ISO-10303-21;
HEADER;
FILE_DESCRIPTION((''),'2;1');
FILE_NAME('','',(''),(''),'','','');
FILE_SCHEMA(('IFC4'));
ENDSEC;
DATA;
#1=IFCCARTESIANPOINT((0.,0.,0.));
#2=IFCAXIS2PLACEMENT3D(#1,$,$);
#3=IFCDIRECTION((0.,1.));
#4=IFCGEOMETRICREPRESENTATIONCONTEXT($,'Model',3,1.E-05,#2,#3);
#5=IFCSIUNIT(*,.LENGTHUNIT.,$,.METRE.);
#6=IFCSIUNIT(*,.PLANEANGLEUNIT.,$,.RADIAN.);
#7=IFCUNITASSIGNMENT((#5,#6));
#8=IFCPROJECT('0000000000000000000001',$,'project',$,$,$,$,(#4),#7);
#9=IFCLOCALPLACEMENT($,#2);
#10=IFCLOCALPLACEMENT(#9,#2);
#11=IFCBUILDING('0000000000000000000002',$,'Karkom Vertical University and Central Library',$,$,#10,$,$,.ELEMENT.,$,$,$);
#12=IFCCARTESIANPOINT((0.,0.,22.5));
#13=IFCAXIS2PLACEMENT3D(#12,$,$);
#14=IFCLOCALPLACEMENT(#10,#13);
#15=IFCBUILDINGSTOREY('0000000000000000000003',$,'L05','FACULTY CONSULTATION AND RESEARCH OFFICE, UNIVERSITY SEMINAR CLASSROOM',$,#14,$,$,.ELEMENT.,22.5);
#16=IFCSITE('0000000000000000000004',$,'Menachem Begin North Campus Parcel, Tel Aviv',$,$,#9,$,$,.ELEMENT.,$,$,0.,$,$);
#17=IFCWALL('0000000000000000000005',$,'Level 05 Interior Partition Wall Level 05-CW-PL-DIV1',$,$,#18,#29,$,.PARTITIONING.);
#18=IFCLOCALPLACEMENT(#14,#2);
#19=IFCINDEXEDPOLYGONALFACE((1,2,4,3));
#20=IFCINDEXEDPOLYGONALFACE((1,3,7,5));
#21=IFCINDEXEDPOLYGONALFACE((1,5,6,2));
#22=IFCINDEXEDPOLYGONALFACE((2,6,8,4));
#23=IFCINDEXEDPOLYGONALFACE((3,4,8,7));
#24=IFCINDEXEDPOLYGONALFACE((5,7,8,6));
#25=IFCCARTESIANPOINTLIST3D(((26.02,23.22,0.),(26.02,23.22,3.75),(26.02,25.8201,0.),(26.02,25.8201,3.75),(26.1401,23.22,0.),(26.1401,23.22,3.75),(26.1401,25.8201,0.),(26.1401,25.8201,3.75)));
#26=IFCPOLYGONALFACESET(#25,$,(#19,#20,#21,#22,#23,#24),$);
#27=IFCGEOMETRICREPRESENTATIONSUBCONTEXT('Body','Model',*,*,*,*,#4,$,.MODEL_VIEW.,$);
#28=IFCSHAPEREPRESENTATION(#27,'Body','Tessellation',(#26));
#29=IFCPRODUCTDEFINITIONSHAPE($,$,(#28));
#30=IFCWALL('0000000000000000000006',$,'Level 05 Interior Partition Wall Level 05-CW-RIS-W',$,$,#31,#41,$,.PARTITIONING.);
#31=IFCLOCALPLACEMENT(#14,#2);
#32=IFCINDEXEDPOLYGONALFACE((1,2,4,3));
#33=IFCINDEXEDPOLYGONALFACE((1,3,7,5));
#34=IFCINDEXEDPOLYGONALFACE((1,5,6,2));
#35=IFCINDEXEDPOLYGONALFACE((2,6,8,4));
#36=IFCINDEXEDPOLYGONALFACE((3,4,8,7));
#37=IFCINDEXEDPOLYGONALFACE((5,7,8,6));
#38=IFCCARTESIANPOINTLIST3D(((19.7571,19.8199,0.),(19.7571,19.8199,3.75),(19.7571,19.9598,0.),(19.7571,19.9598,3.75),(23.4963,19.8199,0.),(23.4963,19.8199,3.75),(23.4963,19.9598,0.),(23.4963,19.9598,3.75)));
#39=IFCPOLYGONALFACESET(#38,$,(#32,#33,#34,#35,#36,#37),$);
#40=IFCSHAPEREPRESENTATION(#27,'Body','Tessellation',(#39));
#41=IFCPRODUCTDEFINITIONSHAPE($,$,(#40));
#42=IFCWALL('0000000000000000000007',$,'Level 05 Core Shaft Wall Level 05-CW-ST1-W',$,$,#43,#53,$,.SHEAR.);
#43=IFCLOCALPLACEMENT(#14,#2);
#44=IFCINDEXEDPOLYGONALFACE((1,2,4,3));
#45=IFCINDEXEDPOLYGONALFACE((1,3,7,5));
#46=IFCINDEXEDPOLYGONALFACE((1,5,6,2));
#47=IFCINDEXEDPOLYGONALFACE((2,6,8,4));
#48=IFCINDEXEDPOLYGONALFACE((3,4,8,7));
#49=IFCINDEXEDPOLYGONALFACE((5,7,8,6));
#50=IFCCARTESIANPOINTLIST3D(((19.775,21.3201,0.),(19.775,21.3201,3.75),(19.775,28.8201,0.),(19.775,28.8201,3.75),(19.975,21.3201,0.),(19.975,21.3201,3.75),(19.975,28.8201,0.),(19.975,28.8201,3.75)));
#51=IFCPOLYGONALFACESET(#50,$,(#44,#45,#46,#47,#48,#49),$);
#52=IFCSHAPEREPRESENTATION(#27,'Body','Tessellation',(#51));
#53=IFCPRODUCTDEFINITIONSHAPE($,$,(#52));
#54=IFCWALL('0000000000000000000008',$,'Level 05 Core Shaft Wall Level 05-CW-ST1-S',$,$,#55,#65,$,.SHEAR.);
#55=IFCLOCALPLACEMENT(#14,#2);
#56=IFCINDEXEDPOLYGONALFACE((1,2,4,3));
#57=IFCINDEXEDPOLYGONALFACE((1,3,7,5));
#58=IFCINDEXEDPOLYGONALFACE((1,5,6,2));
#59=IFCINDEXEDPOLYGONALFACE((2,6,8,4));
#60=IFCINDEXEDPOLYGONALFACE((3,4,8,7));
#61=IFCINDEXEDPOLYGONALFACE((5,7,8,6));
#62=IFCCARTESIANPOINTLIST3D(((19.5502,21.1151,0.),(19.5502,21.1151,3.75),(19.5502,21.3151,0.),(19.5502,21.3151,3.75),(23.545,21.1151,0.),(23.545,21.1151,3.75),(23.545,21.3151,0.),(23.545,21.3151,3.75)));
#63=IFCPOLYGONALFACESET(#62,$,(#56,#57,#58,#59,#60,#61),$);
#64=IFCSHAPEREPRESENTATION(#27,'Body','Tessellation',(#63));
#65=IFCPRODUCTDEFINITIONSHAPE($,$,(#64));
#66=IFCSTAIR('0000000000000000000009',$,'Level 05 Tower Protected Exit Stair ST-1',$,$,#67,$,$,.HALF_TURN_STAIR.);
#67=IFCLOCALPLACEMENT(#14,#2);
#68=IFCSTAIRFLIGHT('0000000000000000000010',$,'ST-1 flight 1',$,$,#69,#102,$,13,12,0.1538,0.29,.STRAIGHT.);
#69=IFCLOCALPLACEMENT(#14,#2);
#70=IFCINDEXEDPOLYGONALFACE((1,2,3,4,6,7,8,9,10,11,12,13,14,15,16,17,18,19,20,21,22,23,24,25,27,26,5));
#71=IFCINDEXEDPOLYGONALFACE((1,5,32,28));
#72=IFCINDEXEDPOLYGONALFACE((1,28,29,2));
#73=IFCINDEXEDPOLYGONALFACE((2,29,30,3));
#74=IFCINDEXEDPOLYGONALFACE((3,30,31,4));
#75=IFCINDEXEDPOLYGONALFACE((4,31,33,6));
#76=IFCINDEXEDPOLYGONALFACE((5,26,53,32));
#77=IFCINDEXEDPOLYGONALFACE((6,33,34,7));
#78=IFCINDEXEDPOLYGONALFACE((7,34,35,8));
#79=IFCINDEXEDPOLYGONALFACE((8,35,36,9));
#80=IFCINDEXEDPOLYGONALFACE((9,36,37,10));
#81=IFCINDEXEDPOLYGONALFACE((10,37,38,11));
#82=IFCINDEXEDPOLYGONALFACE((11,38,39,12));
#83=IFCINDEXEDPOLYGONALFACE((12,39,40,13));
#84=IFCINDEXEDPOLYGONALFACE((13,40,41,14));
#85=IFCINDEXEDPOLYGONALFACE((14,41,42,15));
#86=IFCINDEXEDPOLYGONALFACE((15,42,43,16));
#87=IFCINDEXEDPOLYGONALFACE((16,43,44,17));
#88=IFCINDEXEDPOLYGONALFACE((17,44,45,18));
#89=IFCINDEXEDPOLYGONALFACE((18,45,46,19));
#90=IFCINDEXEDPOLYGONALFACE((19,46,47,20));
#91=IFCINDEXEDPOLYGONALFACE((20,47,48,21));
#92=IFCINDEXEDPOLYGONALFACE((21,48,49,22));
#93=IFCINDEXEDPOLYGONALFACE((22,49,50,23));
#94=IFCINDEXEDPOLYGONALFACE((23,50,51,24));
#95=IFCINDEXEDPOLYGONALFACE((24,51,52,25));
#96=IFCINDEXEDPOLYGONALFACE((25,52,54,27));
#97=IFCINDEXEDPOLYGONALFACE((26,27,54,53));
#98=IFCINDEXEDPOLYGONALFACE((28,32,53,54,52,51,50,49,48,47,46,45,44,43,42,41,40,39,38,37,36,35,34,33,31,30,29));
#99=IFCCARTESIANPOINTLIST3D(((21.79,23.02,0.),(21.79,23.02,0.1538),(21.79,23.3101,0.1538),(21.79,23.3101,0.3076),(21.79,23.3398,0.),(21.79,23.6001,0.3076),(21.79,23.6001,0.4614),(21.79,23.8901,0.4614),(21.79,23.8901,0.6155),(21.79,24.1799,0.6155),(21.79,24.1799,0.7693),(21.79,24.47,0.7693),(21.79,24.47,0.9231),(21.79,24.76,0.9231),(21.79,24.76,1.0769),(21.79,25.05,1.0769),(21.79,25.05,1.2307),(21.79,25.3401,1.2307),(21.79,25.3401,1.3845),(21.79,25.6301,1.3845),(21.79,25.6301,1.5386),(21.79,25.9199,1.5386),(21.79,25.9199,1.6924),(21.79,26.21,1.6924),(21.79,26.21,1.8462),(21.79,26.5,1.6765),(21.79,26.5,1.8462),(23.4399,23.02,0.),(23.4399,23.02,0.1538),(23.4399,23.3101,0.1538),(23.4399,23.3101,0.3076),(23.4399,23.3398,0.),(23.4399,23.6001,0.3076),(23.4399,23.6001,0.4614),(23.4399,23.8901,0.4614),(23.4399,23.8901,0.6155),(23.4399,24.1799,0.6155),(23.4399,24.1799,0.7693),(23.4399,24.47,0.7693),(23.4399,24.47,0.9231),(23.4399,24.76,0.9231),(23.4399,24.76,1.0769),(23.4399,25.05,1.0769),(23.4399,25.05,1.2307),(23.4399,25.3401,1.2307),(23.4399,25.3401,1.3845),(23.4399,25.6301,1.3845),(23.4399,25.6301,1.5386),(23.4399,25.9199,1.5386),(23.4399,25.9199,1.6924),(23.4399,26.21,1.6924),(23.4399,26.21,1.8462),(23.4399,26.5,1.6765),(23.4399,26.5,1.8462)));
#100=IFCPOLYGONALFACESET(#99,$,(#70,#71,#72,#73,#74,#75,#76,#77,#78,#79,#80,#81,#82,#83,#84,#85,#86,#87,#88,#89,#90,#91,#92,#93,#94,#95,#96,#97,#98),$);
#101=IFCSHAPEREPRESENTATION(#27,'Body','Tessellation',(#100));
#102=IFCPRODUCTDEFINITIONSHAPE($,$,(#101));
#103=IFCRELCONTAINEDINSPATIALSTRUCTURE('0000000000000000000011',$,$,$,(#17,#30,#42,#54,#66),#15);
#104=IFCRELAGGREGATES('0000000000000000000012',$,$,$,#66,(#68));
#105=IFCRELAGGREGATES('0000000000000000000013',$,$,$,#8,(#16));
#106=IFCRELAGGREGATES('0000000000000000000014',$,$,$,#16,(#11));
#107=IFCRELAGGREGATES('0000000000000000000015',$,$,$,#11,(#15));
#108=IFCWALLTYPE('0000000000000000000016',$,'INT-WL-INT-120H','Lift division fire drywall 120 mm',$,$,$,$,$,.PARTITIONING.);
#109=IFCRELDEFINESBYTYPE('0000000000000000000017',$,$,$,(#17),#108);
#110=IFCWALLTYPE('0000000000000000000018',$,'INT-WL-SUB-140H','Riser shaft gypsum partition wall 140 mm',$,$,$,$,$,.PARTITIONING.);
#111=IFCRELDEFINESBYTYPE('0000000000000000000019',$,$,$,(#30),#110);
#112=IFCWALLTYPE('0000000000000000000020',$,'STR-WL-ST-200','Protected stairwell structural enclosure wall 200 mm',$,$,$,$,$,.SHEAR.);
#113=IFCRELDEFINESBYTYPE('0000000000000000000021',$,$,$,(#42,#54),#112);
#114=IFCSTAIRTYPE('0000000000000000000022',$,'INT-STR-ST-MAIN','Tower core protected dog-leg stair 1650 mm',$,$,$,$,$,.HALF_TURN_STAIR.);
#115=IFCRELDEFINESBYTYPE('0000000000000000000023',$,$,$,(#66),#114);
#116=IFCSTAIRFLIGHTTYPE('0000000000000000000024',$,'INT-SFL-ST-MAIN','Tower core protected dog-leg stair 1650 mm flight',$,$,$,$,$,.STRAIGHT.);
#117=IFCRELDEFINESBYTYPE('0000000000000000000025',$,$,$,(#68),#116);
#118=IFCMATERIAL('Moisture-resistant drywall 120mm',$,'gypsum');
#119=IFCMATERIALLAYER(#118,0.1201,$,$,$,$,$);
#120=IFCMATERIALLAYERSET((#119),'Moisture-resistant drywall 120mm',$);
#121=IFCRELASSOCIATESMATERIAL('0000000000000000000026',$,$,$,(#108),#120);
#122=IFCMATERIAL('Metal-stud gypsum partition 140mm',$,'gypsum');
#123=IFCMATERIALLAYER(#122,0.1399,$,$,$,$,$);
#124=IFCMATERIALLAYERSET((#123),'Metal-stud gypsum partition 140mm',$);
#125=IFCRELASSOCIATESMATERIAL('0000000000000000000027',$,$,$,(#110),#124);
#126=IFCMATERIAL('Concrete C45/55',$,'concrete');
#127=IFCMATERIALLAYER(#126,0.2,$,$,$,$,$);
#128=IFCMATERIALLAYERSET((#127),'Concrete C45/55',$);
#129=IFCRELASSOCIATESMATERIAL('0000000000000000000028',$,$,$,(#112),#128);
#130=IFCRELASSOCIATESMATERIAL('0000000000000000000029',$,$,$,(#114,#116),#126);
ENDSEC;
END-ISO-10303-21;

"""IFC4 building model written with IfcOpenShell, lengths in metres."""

from ifc_helpers import new_model, si_unit, direction, frame, frame_2d, origin, place, context, subcontext, project, spatial, polyline, rectangle, outline, extrude, material, layer, layer_set, type_object, element, aggregate, save


model = new_model("IFC4")

# Units and contexts
model_context = context("Model", 3, precision=1e-05, world=origin(), true_north=direction((0.0, 1.0)))
body_context = subcontext(model_context, "Body", "Model", "MODEL_VIEW")
ifc_project = project(units=[si_unit("LENGTHUNIT", "METRE"), si_unit("PLANEANGLEUNIT", "RADIAN")], contexts=[model_context])

# Site, building, storey
site_placement = place(None, origin())
site = spatial("IfcSite", under=ifc_project, at=site_placement, Name="Menachem Begin North Campus Parcel, Tel Aviv", CompositionType="ELEMENT", RefElevation=0.0)
building_placement = place(site_placement, origin())
building = spatial("IfcBuilding", under=site, at=building_placement, Name="Karkom Vertical University and Central Library", CompositionType="ELEMENT")
storey_placement = place(building_placement, frame((0.0, 0.0, 22.5)))
storey = spatial("IfcBuildingStorey", under=building, at=storey_placement, Name="L05", Description="FACULTY CONSULTATION AND RESEARCH OFFICE, UNIVERSITY SEMINAR CLASSROOM", CompositionType="ELEMENT", Elevation=22.5)

# Walls
ifc_material_1 = material(Name="Moisture-resistant drywall 120mm", Category="gypsum")
ifc_layer_1 = layer(ifc_material_1, 0.1201)
ifc_layer_set_1 = layer_set([ifc_layer_1], Name="Moisture-resistant drywall 120mm")
wall_type_1 = type_object("IfcWallType", Name="INT-WL-INT-120H", Description="Lift division fire drywall 120 mm", PredefinedType="PARTITIONING", material=ifc_layer_set_1)
wall_1_placement = place(storey_placement, frame((26.0801, 23.22, 0.0), z_axis=(0.0, 0.0, 1.0), x_axis=(0.0, 1.0, 0.0)))
element("IfcWall", 1, at=wall_1_placement, inside=storey, type_object=wall_type_1, Name="Level 05 Interior Partition Wall Level 05-CW-PL-DIV1", PredefinedType="PARTITIONING", context=body_context, shape_type="SweptSolid", body=[
    extrude(rectangle(XDim=2.6001, YDim=0.1201, at=frame_2d((1.3, 0.0))), origin(), (0.0, 0.0, 1.0), 3.75),
])
ifc_material_2 = material(Name="Metal-stud gypsum partition 140mm", Category="gypsum")
ifc_layer_2 = layer(ifc_material_2, 0.1399)
ifc_layer_set_2 = layer_set([ifc_layer_2], Name="Metal-stud gypsum partition 140mm")
wall_type_2 = type_object("IfcWallType", Name="INT-WL-SUB-140H", Description="Riser shaft gypsum partition wall 140 mm", PredefinedType="PARTITIONING", material=ifc_layer_set_2)
wall_2_placement = place(storey_placement, frame((19.7571, 19.8899, 0.0), z_axis=(0.0, 0.0, 1.0), x_axis=(1.0, 0.0, 0.0)))
element("IfcWall", 2, at=wall_2_placement, inside=storey, type_object=wall_type_2, Name="Level 05 Interior Partition Wall Level 05-CW-RIS-W", PredefinedType="PARTITIONING", context=body_context, shape_type="SweptSolid", body=[
    extrude(rectangle(XDim=3.7393, YDim=0.1399, at=frame_2d((1.8696, 0.0))), origin(), (0.0, 0.0, 1.0), 3.75),
])

# Shared definitions
ifc_material_3 = material(Name="Concrete C45/55", Category="concrete")
ifc_layer_3 = layer(ifc_material_3, 0.2)
ifc_layer_set_3 = layer_set([ifc_layer_3], Name="Concrete C45/55")
wall_type_3 = type_object("IfcWallType", Name="STR-WL-ST-200", Description="Protected stairwell structural enclosure wall 200 mm", PredefinedType="SHEAR", material=ifc_layer_set_3)

# Walls
wall_3_placement = place(storey_placement, frame((19.875, 21.3201, 0.0), z_axis=(0.0, 0.0, 1.0), x_axis=(0.0, 1.0, 0.0)))
element("IfcWall", 3, at=wall_3_placement, inside=storey, type_object=wall_type_3, Name="Level 05 Core Shaft Wall Level 05-CW-ST1-W", PredefinedType="SHEAR", context=body_context, shape_type="SweptSolid", body=[
    extrude(rectangle(XDim=7.5, YDim=0.2, at=frame_2d((3.75, 0.0))), origin(), (0.0, 0.0, 1.0), 3.75),
])
wall_4_placement = place(storey_placement, frame((19.55, 21.2151, 0.0), z_axis=(0.0, 0.0, 1.0), x_axis=(1.0, 0.0, 0.0)))
element("IfcWall", 4, at=wall_4_placement, inside=storey, type_object=wall_type_3, Name="Level 05 Core Shaft Wall Level 05-CW-ST1-S", PredefinedType="SHEAR", context=body_context, shape_type="SweptSolid", body=[
    extrude(rectangle(XDim=3.9949, YDim=0.2, at=frame_2d((1.9976, 0.0))), origin(), (0.0, 0.0, 1.0), 3.75),
])

# Stair, stair flight
stair_type = type_object("IfcStairType", Name="INT-STR-ST-MAIN", Description="Tower core protected dog-leg stair 1650 mm", PredefinedType="HALF_TURN_STAIR", material=ifc_material_3)
stair_placement = place(storey_placement, origin())
stair = element("IfcStair", 5, at=stair_placement, inside=storey, type_object=stair_type, Name="Level 05 Tower Protected Exit Stair ST-1", PredefinedType="HALF_TURN_STAIR")
stair_flight_type = type_object("IfcStairFlightType", Name="INT-SFL-ST-MAIN", Description="Tower core protected dog-leg stair 1650 mm flight", PredefinedType="STRAIGHT", material=ifc_material_3)
stair_flight_placement = place(storey_placement, frame((22.615, 23.02, 0.0), z_axis=(0.0, 0.0, 1.0), x_axis=(0.0, 1.0, 0.0)))
stair_flight = element("IfcStairFlight", 6, at=stair_flight_placement, type_object=stair_flight_type, Name="ST-1 flight 1", NumberOfRisers=13, NumberOfTreads=12, PredefinedType="STRAIGHT", RiserHeight=0.1538, TreadLength=0.29, context=body_context, shape_type="SweptSolid", body=[
    extrude(outline(polyline([(0.0, 0.0), (0.0, 0.1538), (0.29, 0.1538), (0.29, 0.3076), (0.5801, 0.3076), (0.5801, 0.4614), (0.8701, 0.4614), (0.8701, 0.6155), (1.1599, 0.6155), (1.1599, 0.7693), (1.45, 0.7693), (1.45, 0.9231), (1.74, 0.9231), (1.74, 1.0769), (2.03, 1.0769), (2.03, 1.2307), (2.3201, 1.2307), (2.3201, 1.3845), (2.6101, 1.3845), (2.6101, 1.5386), (2.8999, 1.5386), (2.8999, 1.6924), (3.1899, 1.6924), (3.1899, 1.8462), (3.48, 1.8462), (3.48, 2.0), (3.48, 1.6765), (0.3198, 0.0), (0.0, 0.0)])), frame((0.0, 0.825, 0.0), z_axis=(0.0, -1.0, 0.0), x_axis=(1.0, 0.0, 0.0)), (0.0, 0.0, 1.0), 1.6499),
])
aggregate(stair, [stair_flight])

save(model, "model.ifc")
